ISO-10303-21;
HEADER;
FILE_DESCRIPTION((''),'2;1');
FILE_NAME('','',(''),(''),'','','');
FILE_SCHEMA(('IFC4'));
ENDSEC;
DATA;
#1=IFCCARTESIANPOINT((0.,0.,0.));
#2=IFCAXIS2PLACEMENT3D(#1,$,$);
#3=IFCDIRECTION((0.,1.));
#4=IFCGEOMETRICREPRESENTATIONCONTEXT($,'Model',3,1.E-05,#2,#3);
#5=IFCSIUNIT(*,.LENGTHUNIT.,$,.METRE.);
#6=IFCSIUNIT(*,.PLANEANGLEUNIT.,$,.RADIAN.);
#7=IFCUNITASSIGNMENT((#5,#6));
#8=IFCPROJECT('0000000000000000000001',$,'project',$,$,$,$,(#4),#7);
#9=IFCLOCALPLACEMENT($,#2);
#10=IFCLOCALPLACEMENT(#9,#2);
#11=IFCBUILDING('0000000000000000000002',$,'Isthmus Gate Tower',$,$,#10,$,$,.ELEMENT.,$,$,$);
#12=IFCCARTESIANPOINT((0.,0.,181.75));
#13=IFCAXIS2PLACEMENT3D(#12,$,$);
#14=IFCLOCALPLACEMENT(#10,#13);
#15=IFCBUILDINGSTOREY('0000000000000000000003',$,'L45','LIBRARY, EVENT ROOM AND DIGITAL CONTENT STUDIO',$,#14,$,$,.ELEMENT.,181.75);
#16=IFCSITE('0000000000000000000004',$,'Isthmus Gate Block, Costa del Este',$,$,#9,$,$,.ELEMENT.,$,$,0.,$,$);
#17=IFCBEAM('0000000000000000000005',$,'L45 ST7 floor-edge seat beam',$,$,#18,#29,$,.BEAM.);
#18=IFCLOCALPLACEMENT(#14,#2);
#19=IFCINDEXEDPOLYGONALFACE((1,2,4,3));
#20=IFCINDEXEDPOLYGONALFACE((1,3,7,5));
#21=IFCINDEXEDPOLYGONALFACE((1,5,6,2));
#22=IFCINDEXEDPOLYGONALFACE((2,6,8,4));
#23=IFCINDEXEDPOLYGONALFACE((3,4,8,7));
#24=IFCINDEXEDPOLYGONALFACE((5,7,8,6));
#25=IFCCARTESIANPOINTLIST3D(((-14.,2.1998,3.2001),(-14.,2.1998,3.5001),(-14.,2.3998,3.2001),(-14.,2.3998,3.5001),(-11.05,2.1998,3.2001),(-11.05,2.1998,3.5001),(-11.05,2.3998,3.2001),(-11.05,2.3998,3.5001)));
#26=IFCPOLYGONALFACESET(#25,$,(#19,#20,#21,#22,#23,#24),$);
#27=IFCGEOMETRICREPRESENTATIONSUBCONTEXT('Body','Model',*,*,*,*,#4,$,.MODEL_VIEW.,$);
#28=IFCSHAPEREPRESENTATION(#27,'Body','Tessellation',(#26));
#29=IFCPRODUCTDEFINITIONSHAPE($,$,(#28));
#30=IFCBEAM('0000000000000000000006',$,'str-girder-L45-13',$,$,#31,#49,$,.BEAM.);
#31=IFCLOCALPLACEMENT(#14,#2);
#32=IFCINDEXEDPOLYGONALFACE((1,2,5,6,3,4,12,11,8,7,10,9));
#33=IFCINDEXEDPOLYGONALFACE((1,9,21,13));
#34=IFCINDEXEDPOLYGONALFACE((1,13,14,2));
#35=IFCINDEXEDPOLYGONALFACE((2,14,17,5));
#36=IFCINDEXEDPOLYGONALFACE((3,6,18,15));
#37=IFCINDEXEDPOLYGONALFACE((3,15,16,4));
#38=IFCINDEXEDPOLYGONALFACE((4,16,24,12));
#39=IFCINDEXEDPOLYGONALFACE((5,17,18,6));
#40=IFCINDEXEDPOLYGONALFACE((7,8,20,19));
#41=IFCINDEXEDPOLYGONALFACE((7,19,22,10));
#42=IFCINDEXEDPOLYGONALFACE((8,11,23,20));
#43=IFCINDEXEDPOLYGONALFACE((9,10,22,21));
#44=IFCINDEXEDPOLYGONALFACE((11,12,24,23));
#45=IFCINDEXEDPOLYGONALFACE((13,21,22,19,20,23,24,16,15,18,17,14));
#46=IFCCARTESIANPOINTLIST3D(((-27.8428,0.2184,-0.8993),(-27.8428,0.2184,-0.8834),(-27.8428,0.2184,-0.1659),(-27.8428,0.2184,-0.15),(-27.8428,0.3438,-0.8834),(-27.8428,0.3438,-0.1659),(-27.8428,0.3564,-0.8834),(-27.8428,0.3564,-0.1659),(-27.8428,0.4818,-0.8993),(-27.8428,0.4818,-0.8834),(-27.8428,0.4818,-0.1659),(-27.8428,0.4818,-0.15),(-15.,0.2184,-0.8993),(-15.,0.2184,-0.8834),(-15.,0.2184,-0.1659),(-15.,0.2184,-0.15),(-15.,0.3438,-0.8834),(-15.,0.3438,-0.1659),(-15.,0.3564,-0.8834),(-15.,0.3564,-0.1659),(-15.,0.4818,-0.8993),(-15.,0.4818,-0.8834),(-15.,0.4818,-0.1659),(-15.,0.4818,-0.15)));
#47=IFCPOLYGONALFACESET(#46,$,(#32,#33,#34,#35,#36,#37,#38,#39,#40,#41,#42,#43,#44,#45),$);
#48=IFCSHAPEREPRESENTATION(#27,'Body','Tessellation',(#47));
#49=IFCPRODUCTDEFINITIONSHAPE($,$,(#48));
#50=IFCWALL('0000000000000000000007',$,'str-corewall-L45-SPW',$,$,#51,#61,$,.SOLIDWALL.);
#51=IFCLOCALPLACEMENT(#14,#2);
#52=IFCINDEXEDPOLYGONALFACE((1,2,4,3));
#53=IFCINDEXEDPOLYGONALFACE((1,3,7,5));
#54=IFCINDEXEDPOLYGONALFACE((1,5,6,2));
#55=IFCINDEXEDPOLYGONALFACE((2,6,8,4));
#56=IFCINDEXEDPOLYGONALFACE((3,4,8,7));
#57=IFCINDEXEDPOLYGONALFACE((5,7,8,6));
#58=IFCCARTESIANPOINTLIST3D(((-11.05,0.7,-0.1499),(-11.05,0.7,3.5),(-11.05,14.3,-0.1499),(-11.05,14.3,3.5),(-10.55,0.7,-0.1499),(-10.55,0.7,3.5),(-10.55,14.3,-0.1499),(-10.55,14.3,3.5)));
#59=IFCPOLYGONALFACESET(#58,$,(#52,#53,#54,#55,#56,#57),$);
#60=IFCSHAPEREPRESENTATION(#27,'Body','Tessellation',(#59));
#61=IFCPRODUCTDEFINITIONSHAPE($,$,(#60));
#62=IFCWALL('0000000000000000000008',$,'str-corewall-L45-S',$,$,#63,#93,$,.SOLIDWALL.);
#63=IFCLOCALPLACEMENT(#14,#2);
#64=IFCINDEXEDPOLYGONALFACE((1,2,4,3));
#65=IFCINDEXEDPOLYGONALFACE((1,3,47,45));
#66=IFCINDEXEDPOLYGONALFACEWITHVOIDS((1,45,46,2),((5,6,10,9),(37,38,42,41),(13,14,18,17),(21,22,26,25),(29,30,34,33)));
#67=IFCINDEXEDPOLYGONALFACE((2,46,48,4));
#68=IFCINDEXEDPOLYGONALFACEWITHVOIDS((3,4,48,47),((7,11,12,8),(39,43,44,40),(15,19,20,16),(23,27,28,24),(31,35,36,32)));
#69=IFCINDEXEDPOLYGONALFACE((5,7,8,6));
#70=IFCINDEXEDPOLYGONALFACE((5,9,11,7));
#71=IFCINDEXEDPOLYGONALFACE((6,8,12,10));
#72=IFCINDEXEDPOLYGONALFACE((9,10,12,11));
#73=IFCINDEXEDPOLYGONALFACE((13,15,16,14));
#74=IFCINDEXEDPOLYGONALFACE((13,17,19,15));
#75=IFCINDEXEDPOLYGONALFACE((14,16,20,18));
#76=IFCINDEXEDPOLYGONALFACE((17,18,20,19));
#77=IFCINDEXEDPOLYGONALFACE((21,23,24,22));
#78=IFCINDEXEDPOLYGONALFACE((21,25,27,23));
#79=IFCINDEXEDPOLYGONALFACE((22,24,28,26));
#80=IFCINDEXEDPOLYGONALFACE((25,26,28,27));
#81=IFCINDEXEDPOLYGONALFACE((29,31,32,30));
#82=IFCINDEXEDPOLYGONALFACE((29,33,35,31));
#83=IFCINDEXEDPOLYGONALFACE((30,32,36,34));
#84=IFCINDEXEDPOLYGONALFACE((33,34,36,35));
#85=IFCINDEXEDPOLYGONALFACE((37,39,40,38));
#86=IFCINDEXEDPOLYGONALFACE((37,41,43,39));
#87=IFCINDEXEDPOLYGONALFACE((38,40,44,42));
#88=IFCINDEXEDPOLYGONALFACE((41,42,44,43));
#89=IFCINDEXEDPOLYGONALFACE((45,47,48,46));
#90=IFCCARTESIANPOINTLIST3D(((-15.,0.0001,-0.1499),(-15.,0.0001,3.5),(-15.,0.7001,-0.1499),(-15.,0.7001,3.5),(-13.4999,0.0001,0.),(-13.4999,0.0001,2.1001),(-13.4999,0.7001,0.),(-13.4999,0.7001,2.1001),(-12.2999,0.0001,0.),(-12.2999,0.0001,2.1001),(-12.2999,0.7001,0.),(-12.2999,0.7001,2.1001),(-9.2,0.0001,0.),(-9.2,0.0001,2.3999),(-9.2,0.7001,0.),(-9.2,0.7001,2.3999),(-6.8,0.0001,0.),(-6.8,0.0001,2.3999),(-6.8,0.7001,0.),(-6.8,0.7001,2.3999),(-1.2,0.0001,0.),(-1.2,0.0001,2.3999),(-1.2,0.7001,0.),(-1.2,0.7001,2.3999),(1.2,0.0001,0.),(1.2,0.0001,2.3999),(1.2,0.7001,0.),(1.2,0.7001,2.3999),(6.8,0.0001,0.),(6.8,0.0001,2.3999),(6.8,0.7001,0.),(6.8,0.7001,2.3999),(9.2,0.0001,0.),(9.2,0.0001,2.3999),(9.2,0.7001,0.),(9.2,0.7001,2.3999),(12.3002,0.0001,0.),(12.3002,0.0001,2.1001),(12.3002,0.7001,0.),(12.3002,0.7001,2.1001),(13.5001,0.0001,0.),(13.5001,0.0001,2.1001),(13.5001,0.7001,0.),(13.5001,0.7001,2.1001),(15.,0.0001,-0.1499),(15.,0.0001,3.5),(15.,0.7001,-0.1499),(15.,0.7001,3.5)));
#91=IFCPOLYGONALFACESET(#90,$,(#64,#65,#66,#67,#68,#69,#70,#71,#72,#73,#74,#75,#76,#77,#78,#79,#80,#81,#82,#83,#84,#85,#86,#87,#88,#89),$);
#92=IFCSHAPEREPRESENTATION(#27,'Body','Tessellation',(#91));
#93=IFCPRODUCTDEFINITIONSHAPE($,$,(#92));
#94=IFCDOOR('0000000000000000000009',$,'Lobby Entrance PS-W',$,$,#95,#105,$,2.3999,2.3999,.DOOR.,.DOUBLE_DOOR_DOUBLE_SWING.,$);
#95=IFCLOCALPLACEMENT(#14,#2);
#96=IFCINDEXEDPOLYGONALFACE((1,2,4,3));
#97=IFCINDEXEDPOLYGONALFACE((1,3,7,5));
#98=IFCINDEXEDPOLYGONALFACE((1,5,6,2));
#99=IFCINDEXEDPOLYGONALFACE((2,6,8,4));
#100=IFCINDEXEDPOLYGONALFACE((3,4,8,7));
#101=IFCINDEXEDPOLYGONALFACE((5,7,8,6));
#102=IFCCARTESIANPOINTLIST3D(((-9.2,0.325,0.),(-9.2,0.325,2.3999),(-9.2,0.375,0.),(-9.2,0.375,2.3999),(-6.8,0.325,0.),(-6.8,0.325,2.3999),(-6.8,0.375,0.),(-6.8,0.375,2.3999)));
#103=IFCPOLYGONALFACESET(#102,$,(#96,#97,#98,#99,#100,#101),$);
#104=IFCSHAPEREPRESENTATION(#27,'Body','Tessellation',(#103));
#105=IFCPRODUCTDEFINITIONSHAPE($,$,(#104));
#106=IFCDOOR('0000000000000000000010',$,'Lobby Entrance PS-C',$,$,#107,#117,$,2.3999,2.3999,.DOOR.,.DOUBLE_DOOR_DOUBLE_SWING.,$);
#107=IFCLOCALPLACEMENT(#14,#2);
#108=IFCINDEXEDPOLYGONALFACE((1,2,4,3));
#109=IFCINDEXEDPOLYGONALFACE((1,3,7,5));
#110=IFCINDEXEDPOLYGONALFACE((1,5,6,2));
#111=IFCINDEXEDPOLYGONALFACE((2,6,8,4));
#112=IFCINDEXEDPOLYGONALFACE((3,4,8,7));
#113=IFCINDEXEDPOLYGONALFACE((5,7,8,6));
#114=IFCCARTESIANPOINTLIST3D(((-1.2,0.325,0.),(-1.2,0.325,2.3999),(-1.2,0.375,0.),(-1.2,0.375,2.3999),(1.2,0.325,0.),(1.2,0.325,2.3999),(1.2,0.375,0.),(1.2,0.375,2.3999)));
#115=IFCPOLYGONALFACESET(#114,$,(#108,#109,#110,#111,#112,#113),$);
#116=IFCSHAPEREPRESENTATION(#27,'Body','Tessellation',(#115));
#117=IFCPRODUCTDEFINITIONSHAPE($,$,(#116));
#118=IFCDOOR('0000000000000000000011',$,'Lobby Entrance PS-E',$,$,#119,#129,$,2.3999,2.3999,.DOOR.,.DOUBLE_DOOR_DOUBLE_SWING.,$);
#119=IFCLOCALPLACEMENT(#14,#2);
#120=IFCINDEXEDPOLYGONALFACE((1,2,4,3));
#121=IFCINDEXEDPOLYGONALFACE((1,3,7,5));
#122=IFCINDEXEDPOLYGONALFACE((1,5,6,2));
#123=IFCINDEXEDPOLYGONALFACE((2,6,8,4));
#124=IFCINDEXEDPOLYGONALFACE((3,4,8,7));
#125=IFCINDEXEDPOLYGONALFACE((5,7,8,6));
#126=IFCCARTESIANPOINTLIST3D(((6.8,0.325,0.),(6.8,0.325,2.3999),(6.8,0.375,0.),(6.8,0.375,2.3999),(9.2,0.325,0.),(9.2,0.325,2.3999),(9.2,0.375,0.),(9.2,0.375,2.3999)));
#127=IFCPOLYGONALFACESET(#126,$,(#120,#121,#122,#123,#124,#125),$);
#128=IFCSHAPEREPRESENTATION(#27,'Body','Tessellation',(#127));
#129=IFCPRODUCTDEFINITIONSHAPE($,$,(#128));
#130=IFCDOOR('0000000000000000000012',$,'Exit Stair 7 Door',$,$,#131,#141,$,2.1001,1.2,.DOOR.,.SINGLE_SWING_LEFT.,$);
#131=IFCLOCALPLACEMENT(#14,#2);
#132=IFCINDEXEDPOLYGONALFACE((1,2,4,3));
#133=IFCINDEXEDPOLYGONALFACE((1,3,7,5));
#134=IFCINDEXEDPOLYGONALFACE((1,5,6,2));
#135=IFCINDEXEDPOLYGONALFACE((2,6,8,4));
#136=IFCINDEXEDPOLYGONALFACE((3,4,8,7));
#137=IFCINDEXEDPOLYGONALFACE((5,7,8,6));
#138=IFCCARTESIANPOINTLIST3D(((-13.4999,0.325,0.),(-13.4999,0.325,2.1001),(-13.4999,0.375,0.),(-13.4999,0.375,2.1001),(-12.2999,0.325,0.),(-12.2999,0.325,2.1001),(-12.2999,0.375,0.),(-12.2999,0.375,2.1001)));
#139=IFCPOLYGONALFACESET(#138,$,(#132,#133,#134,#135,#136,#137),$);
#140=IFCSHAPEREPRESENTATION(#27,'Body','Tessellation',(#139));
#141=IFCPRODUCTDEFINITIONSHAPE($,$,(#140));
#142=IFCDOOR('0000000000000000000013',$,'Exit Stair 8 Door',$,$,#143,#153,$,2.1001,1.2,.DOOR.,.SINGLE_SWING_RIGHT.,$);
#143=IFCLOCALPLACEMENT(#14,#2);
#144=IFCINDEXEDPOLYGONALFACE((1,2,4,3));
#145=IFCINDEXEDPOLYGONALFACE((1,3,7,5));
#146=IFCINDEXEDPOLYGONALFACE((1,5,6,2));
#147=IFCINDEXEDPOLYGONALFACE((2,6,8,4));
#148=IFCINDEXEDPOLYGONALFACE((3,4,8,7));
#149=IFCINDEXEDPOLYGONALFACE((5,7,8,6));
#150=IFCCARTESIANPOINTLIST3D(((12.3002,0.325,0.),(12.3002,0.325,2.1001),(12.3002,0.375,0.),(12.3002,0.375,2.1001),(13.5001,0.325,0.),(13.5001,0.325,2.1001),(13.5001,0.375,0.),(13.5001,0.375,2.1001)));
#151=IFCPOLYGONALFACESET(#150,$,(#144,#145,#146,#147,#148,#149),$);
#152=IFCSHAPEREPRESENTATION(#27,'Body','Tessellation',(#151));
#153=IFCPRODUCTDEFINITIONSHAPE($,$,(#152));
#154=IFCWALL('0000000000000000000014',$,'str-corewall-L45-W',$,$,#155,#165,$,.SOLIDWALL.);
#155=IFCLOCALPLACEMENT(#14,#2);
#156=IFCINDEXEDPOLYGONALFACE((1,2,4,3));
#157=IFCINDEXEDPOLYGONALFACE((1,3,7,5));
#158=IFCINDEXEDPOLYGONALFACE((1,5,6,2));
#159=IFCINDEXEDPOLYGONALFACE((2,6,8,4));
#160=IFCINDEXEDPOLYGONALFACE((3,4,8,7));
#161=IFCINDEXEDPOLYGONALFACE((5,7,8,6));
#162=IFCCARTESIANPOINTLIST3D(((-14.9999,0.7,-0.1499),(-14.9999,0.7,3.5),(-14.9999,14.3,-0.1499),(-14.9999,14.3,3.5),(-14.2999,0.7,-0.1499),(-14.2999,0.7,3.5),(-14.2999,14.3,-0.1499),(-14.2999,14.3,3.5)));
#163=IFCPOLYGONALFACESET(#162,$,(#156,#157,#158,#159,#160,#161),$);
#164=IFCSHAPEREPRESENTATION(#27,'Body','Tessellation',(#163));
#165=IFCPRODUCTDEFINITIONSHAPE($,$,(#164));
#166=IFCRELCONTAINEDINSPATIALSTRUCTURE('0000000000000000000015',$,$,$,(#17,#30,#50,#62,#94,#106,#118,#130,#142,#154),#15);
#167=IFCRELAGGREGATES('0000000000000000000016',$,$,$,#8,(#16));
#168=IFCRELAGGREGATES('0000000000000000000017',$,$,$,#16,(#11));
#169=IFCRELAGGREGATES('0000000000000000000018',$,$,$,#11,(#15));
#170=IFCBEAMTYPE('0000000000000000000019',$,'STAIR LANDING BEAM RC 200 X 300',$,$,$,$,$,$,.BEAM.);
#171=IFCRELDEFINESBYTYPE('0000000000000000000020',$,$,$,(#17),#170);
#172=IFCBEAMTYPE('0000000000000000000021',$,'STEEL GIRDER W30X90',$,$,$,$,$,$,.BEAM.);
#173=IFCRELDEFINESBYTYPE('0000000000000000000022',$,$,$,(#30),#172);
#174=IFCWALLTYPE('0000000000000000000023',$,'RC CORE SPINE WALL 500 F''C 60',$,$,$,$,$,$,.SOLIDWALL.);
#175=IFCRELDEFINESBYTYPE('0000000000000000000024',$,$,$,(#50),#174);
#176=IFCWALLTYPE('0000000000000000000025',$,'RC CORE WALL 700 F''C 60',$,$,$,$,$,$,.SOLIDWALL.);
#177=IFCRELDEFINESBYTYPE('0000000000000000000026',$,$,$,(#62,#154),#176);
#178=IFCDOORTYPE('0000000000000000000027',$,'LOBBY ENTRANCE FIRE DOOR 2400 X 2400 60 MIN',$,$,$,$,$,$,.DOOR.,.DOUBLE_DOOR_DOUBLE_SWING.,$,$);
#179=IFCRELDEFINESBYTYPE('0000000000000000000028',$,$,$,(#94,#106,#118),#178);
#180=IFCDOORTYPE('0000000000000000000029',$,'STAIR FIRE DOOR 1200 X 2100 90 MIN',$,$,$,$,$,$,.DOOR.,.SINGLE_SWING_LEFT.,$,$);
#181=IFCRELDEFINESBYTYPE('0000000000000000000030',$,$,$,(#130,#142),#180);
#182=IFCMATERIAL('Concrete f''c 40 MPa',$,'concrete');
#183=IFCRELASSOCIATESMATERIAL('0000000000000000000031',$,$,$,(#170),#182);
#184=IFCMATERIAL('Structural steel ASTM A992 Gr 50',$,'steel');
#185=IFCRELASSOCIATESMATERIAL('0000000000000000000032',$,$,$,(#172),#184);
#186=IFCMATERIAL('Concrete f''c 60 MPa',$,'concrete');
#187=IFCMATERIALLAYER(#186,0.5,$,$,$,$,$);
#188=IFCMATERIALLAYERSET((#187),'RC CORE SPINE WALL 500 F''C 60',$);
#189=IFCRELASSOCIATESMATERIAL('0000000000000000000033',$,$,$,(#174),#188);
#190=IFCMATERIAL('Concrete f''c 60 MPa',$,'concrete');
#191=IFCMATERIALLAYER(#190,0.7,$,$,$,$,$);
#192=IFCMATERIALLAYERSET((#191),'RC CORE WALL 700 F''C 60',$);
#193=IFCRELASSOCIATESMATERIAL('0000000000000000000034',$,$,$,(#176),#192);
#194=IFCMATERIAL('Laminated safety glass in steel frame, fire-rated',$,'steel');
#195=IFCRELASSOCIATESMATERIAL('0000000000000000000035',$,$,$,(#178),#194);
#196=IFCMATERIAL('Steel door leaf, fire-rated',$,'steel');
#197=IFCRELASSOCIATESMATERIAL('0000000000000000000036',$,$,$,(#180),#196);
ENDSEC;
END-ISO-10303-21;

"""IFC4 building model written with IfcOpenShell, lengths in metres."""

from ifc_helpers import new_model, si_unit, direction, frame, frame_2d, origin, origin_2d, place, context, subcontext, project, spatial, rectangle, i_section, extrude, material, layer, layer_set, material_profile, profile_set, type_object, element, fill, save


model = new_model("IFC4")

# Units and contexts
model_context = context("Model", 3, precision=1e-05, world=origin(), true_north=direction((0.0, 1.0)))
body_context = subcontext(model_context, "Body", "Model", "MODEL_VIEW")
ifc_project = project(units=[si_unit("LENGTHUNIT", "METRE"), si_unit("PLANEANGLEUNIT", "RADIAN")], contexts=[model_context])

# Site, building, storey
site_placement = place(None, origin())
site = spatial("IfcSite", under=ifc_project, at=site_placement, Name="Isthmus Gate Block, Costa del Este", CompositionType="ELEMENT", RefElevation=0.0)
building_placement = place(site_placement, origin())
building = spatial("IfcBuilding", under=site, at=building_placement, Name="Isthmus Gate Tower", CompositionType="ELEMENT")
storey_placement = place(building_placement, frame((0.0, 0.0, 181.75)))
storey = spatial("IfcBuildingStorey", under=building, at=storey_placement, Name="L45", Description="LIBRARY, EVENT ROOM AND DIGITAL CONTENT STUDIO", CompositionType="ELEMENT", Elevation=181.75)

# Beams
ifc_material_1 = material(Name="Concrete f'c 40 MPa", Category="concrete")
ifc_material_profile_1 = material_profile(ifc_material_1, rectangle(XDim=0.2, YDim=0.3, at=origin_2d()), Name="STAIR LANDING BEAM RC 200 X 300")
ifc_profile_set_1 = profile_set([ifc_material_profile_1], Name="Concrete f'c 40 MPa")
beam_type_1 = type_object("IfcBeamType", Name="STAIR LANDING BEAM RC 200 X 300", PredefinedType="BEAM", material=ifc_profile_set_1)
beam_1_placement = place(storey_placement, frame((-14.0, 2.2998, 3.3501), z_axis=(1.0, 0.0, 0.0), x_axis=(0.0, 1.0, 0.0)))
element("IfcBeam", 1, at=beam_1_placement, inside=storey, type_object=beam_type_1, Name="L45 ST7 floor-edge seat beam", PredefinedType="BEAM", context=body_context, shape_type="SweptSolid", body=[
    extrude(rectangle(XDim=0.2, YDim=0.3, at=origin_2d()), origin(), (0.0, 0.0, 1.0), 2.95),
])
ifc_material_2 = material(Name="Structural steel ASTM A992 Gr 50", Category="steel")
ifc_material_profile_2 = material_profile(ifc_material_2, i_section(OverallWidth=0.2634, OverallDepth=0.7493, WebThickness=0.0127, FlangeThickness=0.0159, at=origin_2d()), Name="W30X90")
ifc_profile_set_2 = profile_set([ifc_material_profile_2], Name="Structural steel ASTM A992 Gr 50")
beam_type_2 = type_object("IfcBeamType", Name="STEEL GIRDER W30X90", PredefinedType="BEAM", material=ifc_profile_set_2)
beam_2_placement = place(storey_placement, frame((-15.0, 0.3501, -0.5247), z_axis=(-1.0, 0.0, 0.0), x_axis=(0.0, -1.0, 0.0)))
element("IfcBeam", 2, at=beam_2_placement, inside=storey, type_object=beam_type_2, Name="str-girder-L45-13", PredefinedType="BEAM", context=body_context, shape_type="SweptSolid", body=[
    extrude(i_section(OverallWidth=0.2634, OverallDepth=0.7493, WebThickness=0.0127, FlangeThickness=0.0159, at=origin_2d()), origin(), (0.0, 0.0, 1.0), 12.8428),
])

# Wall
ifc_material_3 = material(Name="Concrete f'c 60 MPa", Category="concrete")
ifc_layer_1 = layer(ifc_material_3, 0.5)
ifc_layer_set_1 = layer_set([ifc_layer_1], Name="RC CORE SPINE WALL 500 F'C 60")
wall_type_1 = type_object("IfcWallType", Name="RC CORE SPINE WALL 500 F'C 60", PredefinedType="SOLIDWALL", material=ifc_layer_set_1)
wall_1_placement = place(storey_placement, frame((-10.8, 0.7, -0.1499), z_axis=(0.0, 0.0, 1.0), x_axis=(0.0, 1.0, 0.0)))
element("IfcWall", 3, at=wall_1_placement, inside=storey, type_object=wall_type_1, Name="str-corewall-L45-SPW", PredefinedType="SOLIDWALL", context=body_context, shape_type="SweptSolid", body=[
    extrude(rectangle(XDim=13.6001, YDim=0.5, at=frame_2d((6.8, 0.0))), origin(), (0.0, 0.0, 1.0), 3.6499),
])

# Wall, openings, doors
ifc_material_4 = material(Name="Concrete f'c 60 MPa", Category="concrete")
ifc_layer_2 = layer(ifc_material_4, 0.7)
ifc_layer_set_2 = layer_set([ifc_layer_2], Name="RC CORE WALL 700 F'C 60")
wall_type_2 = type_object("IfcWallType", Name="RC CORE WALL 700 F'C 60", PredefinedType="SOLIDWALL", material=ifc_layer_set_2)
wall_2_placement = place(storey_placement, frame((-15.0, 0.3501, -0.1499), z_axis=(0.0, 0.0, 1.0), x_axis=(1.0, 0.0, 0.0)))
wall_2 = element("IfcWall", 4, at=wall_2_placement, inside=storey, type_object=wall_type_2, Name="str-corewall-L45-S", PredefinedType="SOLIDWALL", context=body_context, shape_type="SweptSolid", body=[
    extrude(rectangle(XDim=30.0, YDim=0.7, at=frame_2d((15.0, 0.0))), origin(), (0.0, 0.0, 1.0), 3.6499),
])
opening_1_placement = place(wall_2_placement, frame((5.8, 0.0, 0.1499)))
opening_1 = element("IfcOpeningElement", 5, at=opening_1_placement, cuts=wall_2, PredefinedType="OPENING", context=body_context, shape_type="SweptSolid", body=[
    extrude(rectangle(XDim=2.3999, YDim=2.3999, at=frame_2d((1.2, 1.2))), frame((0.0, 0.3599, 0.0), z_axis=(0.0, -1.0, 0.0), x_axis=(1.0, 0.0, 0.0)), (0.0, 0.0, 1.0), 0.72),
])
opening_2_placement = place(wall_2_placement, frame((13.8, 0.0, 0.1499)))
opening_2 = element("IfcOpeningElement", 6, at=opening_2_placement, cuts=wall_2, PredefinedType="OPENING", context=body_context, shape_type="SweptSolid", body=[
    extrude(rectangle(XDim=2.3999, YDim=2.3999, at=frame_2d((1.2, 1.2))), frame((0.0, 0.3599, 0.0), z_axis=(0.0, -1.0, 0.0), x_axis=(1.0, 0.0, 0.0)), (0.0, 0.0, 1.0), 0.72),
])
opening_3_placement = place(wall_2_placement, frame((21.8, 0.0, 0.1499)))
opening_3 = element("IfcOpeningElement", 7, at=opening_3_placement, cuts=wall_2, PredefinedType="OPENING", context=body_context, shape_type="SweptSolid", body=[
    extrude(rectangle(XDim=2.3999, YDim=2.3999, at=frame_2d((1.2, 1.2))), frame((0.0, 0.3599, 0.0), z_axis=(0.0, -1.0, 0.0), x_axis=(1.0, 0.0, 0.0)), (0.0, 0.0, 1.0), 0.72),
])
opening_4_placement = place(wall_2_placement, frame((1.5, 0.0, 0.1499)))
opening_4 = element("IfcOpeningElement", 8, at=opening_4_placement, cuts=wall_2, PredefinedType="OPENING", context=body_context, shape_type="SweptSolid", body=[
    extrude(rectangle(XDim=1.2, YDim=2.1001, at=frame_2d((0.6001, 1.05))), frame((0.0, 0.3599, 0.0), z_axis=(0.0, -1.0, 0.0), x_axis=(1.0, 0.0, 0.0)), (0.0, 0.0, 1.0), 0.72),
])
opening_5_placement = place(wall_2_placement, frame((27.3, 0.0, 0.1499)))
opening_5 = element("IfcOpeningElement", 9, at=opening_5_placement, cuts=wall_2, PredefinedType="OPENING", context=body_context, shape_type="SweptSolid", body=[
    extrude(rectangle(XDim=1.2, YDim=2.1001, at=frame_2d((0.6001, 1.05))), frame((0.0, 0.3599, 0.0), z_axis=(0.0, -1.0, 0.0), x_axis=(1.0, 0.0, 0.0)), (0.0, 0.0, 1.0), 0.72),
])
ifc_material_5 = material(Name="Laminated safety glass in steel frame, fire-rated", Category="steel")
door_type_1 = type_object("IfcDoorType", Name="LOBBY ENTRANCE FIRE DOOR 2400 X 2400 60 MIN", OperationType="DOUBLE_DOOR_DOUBLE_SWING", PredefinedType="DOOR", material=ifc_material_5)
door_1_placement = place(opening_1_placement, origin())
door_1 = element("IfcDoor", 10, at=door_1_placement, inside=storey, type_object=door_type_1, Name="Lobby Entrance PS-W", OperationType="DOUBLE_DOOR_DOUBLE_SWING", OverallHeight=2.3999, OverallWidth=2.3999, PredefinedType="DOOR", context=body_context, shape_type="SweptSolid", body=[
    extrude(rectangle(XDim=2.3999, YDim=2.3999, at=frame_2d((1.2, 1.2))), frame((0.0, 0.0249, 0.0), z_axis=(0.0, -1.0, 0.0), x_axis=(1.0, 0.0, 0.0)), (0.0, 0.0, 1.0), 0.05),
])
fill(opening_1, door_1)
door_2_placement = place(opening_2_placement, origin())
door_2 = element("IfcDoor", 11, at=door_2_placement, inside=storey, type_object=door_type_1, Name="Lobby Entrance PS-C", OperationType="DOUBLE_DOOR_DOUBLE_SWING", OverallHeight=2.3999, OverallWidth=2.3999, PredefinedType="DOOR", context=body_context, shape_type="SweptSolid", body=[
    extrude(rectangle(XDim=2.3999, YDim=2.3999, at=frame_2d((1.2, 1.2))), frame((0.0, 0.0249, 0.0), z_axis=(0.0, -1.0, 0.0), x_axis=(1.0, 0.0, 0.0)), (0.0, 0.0, 1.0), 0.05),
])
fill(opening_2, door_2)
door_3_placement = place(opening_3_placement, origin())
door_3 = element("IfcDoor", 12, at=door_3_placement, inside=storey, type_object=door_type_1, Name="Lobby Entrance PS-E", OperationType="DOUBLE_DOOR_DOUBLE_SWING", OverallHeight=2.3999, OverallWidth=2.3999, PredefinedType="DOOR", context=body_context, shape_type="SweptSolid", body=[
    extrude(rectangle(XDim=2.3999, YDim=2.3999, at=frame_2d((1.2, 1.2))), frame((0.0, 0.0249, 0.0), z_axis=(0.0, -1.0, 0.0), x_axis=(1.0, 0.0, 0.0)), (0.0, 0.0, 1.0), 0.05),
])
fill(opening_3, door_3)
ifc_material_6 = material(Name="Steel door leaf, fire-rated", Category="steel")
door_type_2 = type_object("IfcDoorType", Name="STAIR FIRE DOOR 1200 X 2100 90 MIN", OperationType="SINGLE_SWING_LEFT", PredefinedType="DOOR", material=ifc_material_6)
door_4_placement = place(opening_4_placement, origin())
door_4 = element("IfcDoor", 13, at=door_4_placement, inside=storey, type_object=door_type_2, Name="Exit Stair 7 Door", OperationType="SINGLE_SWING_LEFT", OverallHeight=2.1001, OverallWidth=1.2, PredefinedType="DOOR", context=body_context, shape_type="SweptSolid", body=[
    extrude(rectangle(XDim=1.2, YDim=2.1001, at=frame_2d((0.6001, 1.05))), frame((0.0, 0.0249, 0.0), z_axis=(0.0, -1.0, 0.0), x_axis=(1.0, 0.0, 0.0)), (0.0, 0.0, 1.0), 0.05),
])
fill(opening_4, door_4)
door_5_placement = place(opening_5_placement, origin())
door_5 = element("IfcDoor", 14, at=door_5_placement, inside=storey, type_object=door_type_2, Name="Exit Stair 8 Door", OperationType="SINGLE_SWING_RIGHT", OverallHeight=2.1001, OverallWidth=1.2, PredefinedType="DOOR", context=body_context, shape_type="SweptSolid", body=[
    extrude(rectangle(XDim=1.2, YDim=2.1001, at=frame_2d((0.6001, 1.05))), frame((0.0, 0.0249, 0.0), z_axis=(0.0, -1.0, 0.0), x_axis=(1.0, 0.0, 0.0)), (0.0, 0.0, 1.0), 0.05),
])
fill(opening_5, door_5)

# Wall
wall_3_placement = place(storey_placement, frame((-14.6499, 0.7, -0.1499), z_axis=(0.0, 0.0, 1.0), x_axis=(0.0, 1.0, 0.0)))
element("IfcWall", 15, at=wall_3_placement, inside=storey, type_object=wall_type_2, Name="str-corewall-L45-W", PredefinedType="SOLIDWALL", context=body_context, shape_type="SweptSolid", body=[
    extrude(rectangle(XDim=13.6001, YDim=0.7, at=frame_2d((6.8, 0.0))), origin(), (0.0, 0.0, 1.0), 3.6499),
])

save(model, "model.ifc")
